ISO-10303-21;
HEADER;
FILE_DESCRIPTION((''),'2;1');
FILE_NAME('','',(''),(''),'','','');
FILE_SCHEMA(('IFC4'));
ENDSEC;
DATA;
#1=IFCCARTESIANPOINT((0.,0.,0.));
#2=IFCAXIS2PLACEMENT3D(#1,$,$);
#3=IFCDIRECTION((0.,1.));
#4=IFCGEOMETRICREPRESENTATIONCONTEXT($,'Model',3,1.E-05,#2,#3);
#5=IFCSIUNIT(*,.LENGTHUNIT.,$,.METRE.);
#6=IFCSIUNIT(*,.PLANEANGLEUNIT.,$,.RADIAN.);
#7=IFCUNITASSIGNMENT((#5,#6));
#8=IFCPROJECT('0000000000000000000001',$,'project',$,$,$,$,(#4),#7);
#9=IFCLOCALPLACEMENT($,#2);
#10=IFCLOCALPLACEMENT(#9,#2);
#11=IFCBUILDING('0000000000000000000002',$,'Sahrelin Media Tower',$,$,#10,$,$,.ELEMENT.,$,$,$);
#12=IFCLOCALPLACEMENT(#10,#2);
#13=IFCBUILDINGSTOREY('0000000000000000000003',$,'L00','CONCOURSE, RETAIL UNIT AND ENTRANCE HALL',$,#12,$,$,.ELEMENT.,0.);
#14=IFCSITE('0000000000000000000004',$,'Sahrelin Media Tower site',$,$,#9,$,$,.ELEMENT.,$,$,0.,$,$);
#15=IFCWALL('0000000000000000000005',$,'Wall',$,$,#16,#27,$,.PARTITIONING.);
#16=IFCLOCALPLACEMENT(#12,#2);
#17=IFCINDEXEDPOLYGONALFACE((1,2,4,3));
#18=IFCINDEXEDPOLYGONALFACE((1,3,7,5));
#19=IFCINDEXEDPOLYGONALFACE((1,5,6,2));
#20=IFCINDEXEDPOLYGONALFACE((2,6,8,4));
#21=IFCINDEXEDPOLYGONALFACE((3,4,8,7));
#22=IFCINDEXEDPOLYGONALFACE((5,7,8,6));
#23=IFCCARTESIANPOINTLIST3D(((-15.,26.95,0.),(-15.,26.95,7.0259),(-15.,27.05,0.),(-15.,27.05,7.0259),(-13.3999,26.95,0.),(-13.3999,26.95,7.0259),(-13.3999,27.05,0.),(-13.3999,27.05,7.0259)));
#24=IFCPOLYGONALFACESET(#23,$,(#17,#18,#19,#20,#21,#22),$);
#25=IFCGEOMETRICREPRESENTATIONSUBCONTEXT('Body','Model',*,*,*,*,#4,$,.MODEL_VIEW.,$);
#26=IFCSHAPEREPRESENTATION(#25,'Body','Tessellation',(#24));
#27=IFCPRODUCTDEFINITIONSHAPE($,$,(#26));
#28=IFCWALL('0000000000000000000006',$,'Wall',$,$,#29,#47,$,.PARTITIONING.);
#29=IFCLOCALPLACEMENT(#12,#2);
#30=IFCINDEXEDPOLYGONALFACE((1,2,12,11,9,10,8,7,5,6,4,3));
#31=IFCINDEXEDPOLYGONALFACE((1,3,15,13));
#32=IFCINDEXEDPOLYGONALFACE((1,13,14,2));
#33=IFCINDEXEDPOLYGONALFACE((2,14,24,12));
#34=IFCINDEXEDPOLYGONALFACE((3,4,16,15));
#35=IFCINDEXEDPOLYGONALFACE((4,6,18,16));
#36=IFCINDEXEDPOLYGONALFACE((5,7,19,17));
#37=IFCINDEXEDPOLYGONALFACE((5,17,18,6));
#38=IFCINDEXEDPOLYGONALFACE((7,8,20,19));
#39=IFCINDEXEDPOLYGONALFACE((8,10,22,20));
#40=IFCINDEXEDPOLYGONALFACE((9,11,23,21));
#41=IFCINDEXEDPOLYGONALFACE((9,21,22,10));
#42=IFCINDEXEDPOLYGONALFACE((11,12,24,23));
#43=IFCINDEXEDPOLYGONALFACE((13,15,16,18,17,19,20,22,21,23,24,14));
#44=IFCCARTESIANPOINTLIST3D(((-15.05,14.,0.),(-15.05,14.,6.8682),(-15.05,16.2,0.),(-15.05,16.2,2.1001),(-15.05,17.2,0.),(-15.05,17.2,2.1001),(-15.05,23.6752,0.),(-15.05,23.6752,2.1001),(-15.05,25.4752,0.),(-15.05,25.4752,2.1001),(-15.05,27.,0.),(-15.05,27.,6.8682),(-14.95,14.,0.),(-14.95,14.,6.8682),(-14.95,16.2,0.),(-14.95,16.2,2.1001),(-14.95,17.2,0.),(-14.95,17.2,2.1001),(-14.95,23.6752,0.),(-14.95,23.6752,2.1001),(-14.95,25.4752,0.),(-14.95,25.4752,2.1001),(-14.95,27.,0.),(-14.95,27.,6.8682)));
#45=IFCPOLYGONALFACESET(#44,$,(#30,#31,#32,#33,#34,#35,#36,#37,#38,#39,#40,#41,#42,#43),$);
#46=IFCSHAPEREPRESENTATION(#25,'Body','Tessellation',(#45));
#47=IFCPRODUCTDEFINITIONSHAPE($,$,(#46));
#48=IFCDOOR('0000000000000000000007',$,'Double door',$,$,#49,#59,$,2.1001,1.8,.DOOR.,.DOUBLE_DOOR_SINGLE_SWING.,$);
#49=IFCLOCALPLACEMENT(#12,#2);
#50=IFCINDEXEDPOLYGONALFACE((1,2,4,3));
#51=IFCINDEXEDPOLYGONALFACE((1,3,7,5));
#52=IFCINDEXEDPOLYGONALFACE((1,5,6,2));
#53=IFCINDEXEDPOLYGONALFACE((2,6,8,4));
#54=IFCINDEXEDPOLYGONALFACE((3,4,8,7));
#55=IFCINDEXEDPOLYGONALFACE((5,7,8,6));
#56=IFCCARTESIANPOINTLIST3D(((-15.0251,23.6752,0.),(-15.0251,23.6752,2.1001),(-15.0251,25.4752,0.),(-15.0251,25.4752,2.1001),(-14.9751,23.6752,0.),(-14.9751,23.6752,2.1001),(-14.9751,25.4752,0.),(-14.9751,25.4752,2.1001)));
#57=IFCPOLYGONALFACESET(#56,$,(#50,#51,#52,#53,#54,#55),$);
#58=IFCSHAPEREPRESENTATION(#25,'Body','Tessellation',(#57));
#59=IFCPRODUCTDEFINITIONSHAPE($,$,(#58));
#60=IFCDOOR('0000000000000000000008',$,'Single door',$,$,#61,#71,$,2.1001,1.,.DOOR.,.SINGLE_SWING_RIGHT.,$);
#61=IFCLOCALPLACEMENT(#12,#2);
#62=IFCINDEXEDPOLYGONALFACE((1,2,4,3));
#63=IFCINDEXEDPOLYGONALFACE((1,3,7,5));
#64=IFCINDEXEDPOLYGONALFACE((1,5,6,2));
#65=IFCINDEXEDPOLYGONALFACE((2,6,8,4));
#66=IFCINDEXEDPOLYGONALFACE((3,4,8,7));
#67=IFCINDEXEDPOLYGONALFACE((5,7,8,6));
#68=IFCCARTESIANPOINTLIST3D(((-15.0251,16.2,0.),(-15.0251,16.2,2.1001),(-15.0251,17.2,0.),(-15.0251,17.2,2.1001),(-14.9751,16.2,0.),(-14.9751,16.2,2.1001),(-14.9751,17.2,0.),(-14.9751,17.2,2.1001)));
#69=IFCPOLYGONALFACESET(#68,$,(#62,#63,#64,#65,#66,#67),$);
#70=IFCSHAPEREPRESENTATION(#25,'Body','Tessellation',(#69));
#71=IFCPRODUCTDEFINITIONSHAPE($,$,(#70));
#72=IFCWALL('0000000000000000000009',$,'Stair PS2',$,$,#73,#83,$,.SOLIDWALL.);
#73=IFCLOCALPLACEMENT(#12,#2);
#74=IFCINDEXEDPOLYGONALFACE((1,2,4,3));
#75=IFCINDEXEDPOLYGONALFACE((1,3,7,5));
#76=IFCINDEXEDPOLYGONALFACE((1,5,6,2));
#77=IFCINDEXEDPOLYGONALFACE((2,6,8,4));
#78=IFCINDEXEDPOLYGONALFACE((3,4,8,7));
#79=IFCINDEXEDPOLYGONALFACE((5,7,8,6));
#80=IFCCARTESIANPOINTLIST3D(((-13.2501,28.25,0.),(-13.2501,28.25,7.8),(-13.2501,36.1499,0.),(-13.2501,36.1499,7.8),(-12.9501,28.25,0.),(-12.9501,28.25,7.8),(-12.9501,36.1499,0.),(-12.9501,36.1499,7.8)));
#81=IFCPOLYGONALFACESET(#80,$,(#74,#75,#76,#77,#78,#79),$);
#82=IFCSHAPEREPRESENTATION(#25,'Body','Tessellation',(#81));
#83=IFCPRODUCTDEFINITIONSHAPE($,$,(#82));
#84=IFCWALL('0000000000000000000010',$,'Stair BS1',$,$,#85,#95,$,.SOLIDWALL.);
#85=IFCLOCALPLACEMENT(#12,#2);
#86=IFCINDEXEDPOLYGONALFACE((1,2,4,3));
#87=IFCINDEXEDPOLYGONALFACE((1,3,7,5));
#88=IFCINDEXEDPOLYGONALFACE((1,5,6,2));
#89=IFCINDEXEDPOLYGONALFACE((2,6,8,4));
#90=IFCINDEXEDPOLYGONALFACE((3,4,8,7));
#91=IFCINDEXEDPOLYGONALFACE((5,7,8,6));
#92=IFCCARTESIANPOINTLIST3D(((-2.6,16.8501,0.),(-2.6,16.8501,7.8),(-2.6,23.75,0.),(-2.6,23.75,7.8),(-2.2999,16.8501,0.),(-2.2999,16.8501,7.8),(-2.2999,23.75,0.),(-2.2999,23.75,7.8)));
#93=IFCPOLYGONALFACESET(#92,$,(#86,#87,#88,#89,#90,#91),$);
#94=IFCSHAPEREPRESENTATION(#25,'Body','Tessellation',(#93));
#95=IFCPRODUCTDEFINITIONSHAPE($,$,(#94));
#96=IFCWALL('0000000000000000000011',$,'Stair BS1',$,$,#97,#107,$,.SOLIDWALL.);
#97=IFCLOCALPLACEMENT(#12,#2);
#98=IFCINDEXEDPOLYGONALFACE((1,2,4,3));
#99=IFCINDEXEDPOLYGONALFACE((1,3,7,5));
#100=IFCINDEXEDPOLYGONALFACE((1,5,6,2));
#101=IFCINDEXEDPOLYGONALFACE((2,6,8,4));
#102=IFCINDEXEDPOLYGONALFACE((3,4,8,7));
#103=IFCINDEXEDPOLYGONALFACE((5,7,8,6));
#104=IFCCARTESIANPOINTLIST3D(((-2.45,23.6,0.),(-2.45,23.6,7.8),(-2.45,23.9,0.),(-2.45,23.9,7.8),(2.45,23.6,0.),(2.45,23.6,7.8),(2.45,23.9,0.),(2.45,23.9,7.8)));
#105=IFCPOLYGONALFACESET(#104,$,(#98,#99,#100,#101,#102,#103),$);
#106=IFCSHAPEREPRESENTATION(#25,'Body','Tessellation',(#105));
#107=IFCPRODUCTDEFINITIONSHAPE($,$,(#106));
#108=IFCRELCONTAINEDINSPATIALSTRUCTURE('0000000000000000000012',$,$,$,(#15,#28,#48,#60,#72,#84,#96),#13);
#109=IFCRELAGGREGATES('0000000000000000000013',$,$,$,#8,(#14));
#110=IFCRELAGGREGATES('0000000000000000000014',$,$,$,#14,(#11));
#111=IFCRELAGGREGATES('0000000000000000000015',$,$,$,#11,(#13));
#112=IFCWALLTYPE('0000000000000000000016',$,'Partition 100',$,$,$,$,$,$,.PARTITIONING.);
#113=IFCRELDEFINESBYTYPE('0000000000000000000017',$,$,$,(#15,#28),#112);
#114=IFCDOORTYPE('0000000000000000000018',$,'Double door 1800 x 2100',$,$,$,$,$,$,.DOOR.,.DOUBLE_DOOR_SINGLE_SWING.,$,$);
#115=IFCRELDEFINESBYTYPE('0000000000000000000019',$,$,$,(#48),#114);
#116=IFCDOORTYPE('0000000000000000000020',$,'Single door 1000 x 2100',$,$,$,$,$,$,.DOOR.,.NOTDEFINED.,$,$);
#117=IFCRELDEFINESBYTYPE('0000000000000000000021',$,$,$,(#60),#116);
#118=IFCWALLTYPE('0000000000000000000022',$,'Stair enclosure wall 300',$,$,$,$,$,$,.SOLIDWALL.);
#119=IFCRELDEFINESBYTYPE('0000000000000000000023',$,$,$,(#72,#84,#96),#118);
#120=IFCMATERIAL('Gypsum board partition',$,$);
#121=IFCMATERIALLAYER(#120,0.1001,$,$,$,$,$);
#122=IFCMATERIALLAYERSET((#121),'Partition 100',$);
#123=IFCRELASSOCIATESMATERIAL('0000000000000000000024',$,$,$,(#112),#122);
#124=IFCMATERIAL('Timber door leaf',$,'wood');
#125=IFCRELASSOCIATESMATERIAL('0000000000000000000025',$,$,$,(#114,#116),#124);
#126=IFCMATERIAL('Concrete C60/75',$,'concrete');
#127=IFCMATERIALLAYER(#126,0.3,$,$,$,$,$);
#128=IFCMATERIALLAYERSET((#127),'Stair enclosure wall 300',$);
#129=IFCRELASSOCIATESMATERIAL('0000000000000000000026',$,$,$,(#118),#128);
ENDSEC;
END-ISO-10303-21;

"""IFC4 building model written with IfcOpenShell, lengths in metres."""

from ifc_helpers import new_model, si_unit, direction, frame, frame_2d, origin, place, context, subcontext, project, spatial, rectangle, extrude, material, layer, layer_set, type_object, element, fill, save


model = new_model("IFC4")

# Units and contexts
model_context = context("Model", 3, precision=1e-05, world=origin(), true_north=direction((0.0, 1.0)))
body_context = subcontext(model_context, "Body", "Model", "MODEL_VIEW")
ifc_project = project(units=[si_unit("LENGTHUNIT", "METRE"), si_unit("PLANEANGLEUNIT", "RADIAN")], contexts=[model_context])

# Site, building, storey
site_placement = place(None, origin())
site = spatial("IfcSite", under=ifc_project, at=site_placement, Name="Sahrelin Media Tower site", CompositionType="ELEMENT", RefElevation=0.0)
building_placement = place(site_placement, origin())
building = spatial("IfcBuilding", under=site, at=building_placement, Name="Sahrelin Media Tower", CompositionType="ELEMENT")
storey_placement = place(building_placement, origin())
storey = spatial("IfcBuildingStorey", under=building, at=storey_placement, Name="L00", Description="CONCOURSE, RETAIL UNIT AND ENTRANCE HALL", CompositionType="ELEMENT", Elevation=0.0)

# Wall
ifc_material_1 = material(Name="Gypsum board partition")
ifc_layer_1 = layer(ifc_material_1, 0.1001)
ifc_layer_set_1 = layer_set([ifc_layer_1], Name="Partition 100")
wall_type_1 = type_object("IfcWallType", Name="Partition 100", PredefinedType="PARTITIONING", material=ifc_layer_set_1)
wall_1_placement = place(storey_placement, frame((-13.3999, 27.0, 0.0), z_axis=(0.0, 0.0, 1.0), x_axis=(-1.0, 0.0, 0.0)))
element("IfcWall", 1, at=wall_1_placement, inside=storey, type_object=wall_type_1, Name="Wall", PredefinedType="PARTITIONING", context=body_context, shape_type="SweptSolid", body=[
    extrude(rectangle(XDim=1.6001, YDim=0.1001, at=frame_2d((0.8, 0.0))), origin(), (0.0, 0.0, 1.0), 7.0259),
])

# Wall, openings, doors
wall_2_placement = place(storey_placement, frame((-15.0, 27.0, 0.0), z_axis=(0.0, 0.0, 1.0), x_axis=(0.0, -1.0, 0.0)))
wall_2 = element("IfcWall", 2, at=wall_2_placement, inside=storey, type_object=wall_type_1, Name="Wall", PredefinedType="PARTITIONING", context=body_context, shape_type="SweptSolid", body=[
    extrude(rectangle(XDim=13.0, YDim=0.1001, at=frame_2d((6.5, 0.0))), origin(), (0.0, 0.0, 1.0), 6.8682),
])
opening_1_placement = place(wall_2_placement, frame((1.5249, 0.0, 0.0)))
opening_1 = element("IfcOpeningElement", 3, at=opening_1_placement, cuts=wall_2, PredefinedType="OPENING", context=body_context, shape_type="SweptSolid", body=[
    extrude(rectangle(XDim=1.8, YDim=2.1001, at=frame_2d((0.8999, 1.05))), frame((0.0, 0.05, 0.0), z_axis=(0.0, -1.0, 0.0), x_axis=(1.0, 0.0, 0.0)), (0.0, 0.0, 1.0), 0.1001),
])
opening_2_placement = place(wall_2_placement, frame((9.8, 0.0, 0.0)))
opening_2 = element("IfcOpeningElement", 4, at=opening_2_placement, cuts=wall_2, PredefinedType="OPENING", context=body_context, shape_type="SweptSolid", body=[
    extrude(rectangle(XDim=1.0, YDim=2.1001, at=frame_2d((0.5, 1.05))), frame((0.0, 0.05, 0.0), z_axis=(0.0, -1.0, 0.0), x_axis=(1.0, 0.0, 0.0)), (0.0, 0.0, 1.0), 0.1001),
])
ifc_material_2 = material(Name="Timber door leaf", Category="wood")
door_type_1 = type_object("IfcDoorType", Name="Double door 1800 x 2100", OperationType="DOUBLE_DOOR_SINGLE_SWING", PredefinedType="DOOR", material=ifc_material_2)
door_1_placement = place(opening_1_placement, origin())
door_1 = element("IfcDoor", 5, at=door_1_placement, inside=storey, type_object=door_type_1, Name="Double door", OperationType="DOUBLE_DOOR_SINGLE_SWING", OverallHeight=2.1001, OverallWidth=1.8, PredefinedType="DOOR", context=body_context, shape_type="SweptSolid", body=[
    extrude(rectangle(XDim=1.8, YDim=2.1001, at=frame_2d((0.8999, 1.05))), frame((0.0, 0.0249, 0.0), z_axis=(0.0, -1.0, 0.0), x_axis=(1.0, 0.0, 0.0)), (0.0, 0.0, 1.0), 0.05),
])
fill(opening_1, door_1)
door_type_2 = type_object("IfcDoorType", Name="Single door 1000 x 2100", OperationType="NOTDEFINED", PredefinedType="DOOR", material=ifc_material_2)
door_2_placement = place(opening_2_placement, origin())
door_2 = element("IfcDoor", 6, at=door_2_placement, inside=storey, type_object=door_type_2, Name="Single door", OperationType="SINGLE_SWING_RIGHT", OverallHeight=2.1001, OverallWidth=1.0, PredefinedType="DOOR", context=body_context, shape_type="SweptSolid", body=[
    extrude(rectangle(XDim=1.0, YDim=2.1001, at=frame_2d((0.5, 1.05))), frame((0.0, 0.0249, 0.0), z_axis=(0.0, -1.0, 0.0), x_axis=(1.0, 0.0, 0.0)), (0.0, 0.0, 1.0), 0.05),
])
fill(opening_2, door_2)

# Shared definitions
ifc_material_3 = material(Name="Concrete C60/75", Category="concrete")
ifc_layer_2 = layer(ifc_material_3, 0.3)
ifc_layer_set_2 = layer_set([ifc_layer_2], Name="Stair enclosure wall 300")
wall_type_2 = type_object("IfcWallType", Name="Stair enclosure wall 300", PredefinedType="SOLIDWALL", material=ifc_layer_set_2)

# Walls
wall_3_placement = place(storey_placement, frame((-13.1001, 28.25, 0.0), z_axis=(0.0, 0.0, 1.0), x_axis=(0.0, 1.0, 0.0)))
element("IfcWall", 7, at=wall_3_placement, inside=storey, type_object=wall_type_2, Name="Stair PS2", PredefinedType="SOLIDWALL", context=body_context, shape_type="SweptSolid", body=[
    extrude(rectangle(XDim=7.8999, YDim=0.3, at=frame_2d((3.95, 0.0))), origin(), (0.0, 0.0, 1.0), 7.8),
])
wall_4_placement = place(storey_placement, frame((-2.45, 16.8501, 0.0), z_axis=(0.0, 0.0, 1.0), x_axis=(0.0, 1.0, 0.0)))
element("IfcWall", 8, at=wall_4_placement, inside=storey, type_object=wall_type_2, Name="Stair BS1", PredefinedType="SOLIDWALL", context=body_context, shape_type="SweptSolid", body=[
    extrude(rectangle(XDim=6.8999, YDim=0.3, at=frame_2d((3.45, 0.0))), origin(), (0.0, 0.0, 1.0), 7.8),
])
wall_5_placement = place(storey_placement, frame((-2.45, 23.75, 0.0), z_axis=(0.0, 0.0, 1.0), x_axis=(1.0, 0.0, 0.0)))
element("IfcWall", 9, at=wall_5_placement, inside=storey, type_object=wall_type_2, Name="Stair BS1", PredefinedType="SOLIDWALL", context=body_context, shape_type="SweptSolid", body=[
    extrude(rectangle(XDim=4.8999, YDim=0.3, at=frame_2d((2.45, 0.0))), origin(), (0.0, 0.0, 1.0), 7.8),
])

save(model, "model.ifc")
